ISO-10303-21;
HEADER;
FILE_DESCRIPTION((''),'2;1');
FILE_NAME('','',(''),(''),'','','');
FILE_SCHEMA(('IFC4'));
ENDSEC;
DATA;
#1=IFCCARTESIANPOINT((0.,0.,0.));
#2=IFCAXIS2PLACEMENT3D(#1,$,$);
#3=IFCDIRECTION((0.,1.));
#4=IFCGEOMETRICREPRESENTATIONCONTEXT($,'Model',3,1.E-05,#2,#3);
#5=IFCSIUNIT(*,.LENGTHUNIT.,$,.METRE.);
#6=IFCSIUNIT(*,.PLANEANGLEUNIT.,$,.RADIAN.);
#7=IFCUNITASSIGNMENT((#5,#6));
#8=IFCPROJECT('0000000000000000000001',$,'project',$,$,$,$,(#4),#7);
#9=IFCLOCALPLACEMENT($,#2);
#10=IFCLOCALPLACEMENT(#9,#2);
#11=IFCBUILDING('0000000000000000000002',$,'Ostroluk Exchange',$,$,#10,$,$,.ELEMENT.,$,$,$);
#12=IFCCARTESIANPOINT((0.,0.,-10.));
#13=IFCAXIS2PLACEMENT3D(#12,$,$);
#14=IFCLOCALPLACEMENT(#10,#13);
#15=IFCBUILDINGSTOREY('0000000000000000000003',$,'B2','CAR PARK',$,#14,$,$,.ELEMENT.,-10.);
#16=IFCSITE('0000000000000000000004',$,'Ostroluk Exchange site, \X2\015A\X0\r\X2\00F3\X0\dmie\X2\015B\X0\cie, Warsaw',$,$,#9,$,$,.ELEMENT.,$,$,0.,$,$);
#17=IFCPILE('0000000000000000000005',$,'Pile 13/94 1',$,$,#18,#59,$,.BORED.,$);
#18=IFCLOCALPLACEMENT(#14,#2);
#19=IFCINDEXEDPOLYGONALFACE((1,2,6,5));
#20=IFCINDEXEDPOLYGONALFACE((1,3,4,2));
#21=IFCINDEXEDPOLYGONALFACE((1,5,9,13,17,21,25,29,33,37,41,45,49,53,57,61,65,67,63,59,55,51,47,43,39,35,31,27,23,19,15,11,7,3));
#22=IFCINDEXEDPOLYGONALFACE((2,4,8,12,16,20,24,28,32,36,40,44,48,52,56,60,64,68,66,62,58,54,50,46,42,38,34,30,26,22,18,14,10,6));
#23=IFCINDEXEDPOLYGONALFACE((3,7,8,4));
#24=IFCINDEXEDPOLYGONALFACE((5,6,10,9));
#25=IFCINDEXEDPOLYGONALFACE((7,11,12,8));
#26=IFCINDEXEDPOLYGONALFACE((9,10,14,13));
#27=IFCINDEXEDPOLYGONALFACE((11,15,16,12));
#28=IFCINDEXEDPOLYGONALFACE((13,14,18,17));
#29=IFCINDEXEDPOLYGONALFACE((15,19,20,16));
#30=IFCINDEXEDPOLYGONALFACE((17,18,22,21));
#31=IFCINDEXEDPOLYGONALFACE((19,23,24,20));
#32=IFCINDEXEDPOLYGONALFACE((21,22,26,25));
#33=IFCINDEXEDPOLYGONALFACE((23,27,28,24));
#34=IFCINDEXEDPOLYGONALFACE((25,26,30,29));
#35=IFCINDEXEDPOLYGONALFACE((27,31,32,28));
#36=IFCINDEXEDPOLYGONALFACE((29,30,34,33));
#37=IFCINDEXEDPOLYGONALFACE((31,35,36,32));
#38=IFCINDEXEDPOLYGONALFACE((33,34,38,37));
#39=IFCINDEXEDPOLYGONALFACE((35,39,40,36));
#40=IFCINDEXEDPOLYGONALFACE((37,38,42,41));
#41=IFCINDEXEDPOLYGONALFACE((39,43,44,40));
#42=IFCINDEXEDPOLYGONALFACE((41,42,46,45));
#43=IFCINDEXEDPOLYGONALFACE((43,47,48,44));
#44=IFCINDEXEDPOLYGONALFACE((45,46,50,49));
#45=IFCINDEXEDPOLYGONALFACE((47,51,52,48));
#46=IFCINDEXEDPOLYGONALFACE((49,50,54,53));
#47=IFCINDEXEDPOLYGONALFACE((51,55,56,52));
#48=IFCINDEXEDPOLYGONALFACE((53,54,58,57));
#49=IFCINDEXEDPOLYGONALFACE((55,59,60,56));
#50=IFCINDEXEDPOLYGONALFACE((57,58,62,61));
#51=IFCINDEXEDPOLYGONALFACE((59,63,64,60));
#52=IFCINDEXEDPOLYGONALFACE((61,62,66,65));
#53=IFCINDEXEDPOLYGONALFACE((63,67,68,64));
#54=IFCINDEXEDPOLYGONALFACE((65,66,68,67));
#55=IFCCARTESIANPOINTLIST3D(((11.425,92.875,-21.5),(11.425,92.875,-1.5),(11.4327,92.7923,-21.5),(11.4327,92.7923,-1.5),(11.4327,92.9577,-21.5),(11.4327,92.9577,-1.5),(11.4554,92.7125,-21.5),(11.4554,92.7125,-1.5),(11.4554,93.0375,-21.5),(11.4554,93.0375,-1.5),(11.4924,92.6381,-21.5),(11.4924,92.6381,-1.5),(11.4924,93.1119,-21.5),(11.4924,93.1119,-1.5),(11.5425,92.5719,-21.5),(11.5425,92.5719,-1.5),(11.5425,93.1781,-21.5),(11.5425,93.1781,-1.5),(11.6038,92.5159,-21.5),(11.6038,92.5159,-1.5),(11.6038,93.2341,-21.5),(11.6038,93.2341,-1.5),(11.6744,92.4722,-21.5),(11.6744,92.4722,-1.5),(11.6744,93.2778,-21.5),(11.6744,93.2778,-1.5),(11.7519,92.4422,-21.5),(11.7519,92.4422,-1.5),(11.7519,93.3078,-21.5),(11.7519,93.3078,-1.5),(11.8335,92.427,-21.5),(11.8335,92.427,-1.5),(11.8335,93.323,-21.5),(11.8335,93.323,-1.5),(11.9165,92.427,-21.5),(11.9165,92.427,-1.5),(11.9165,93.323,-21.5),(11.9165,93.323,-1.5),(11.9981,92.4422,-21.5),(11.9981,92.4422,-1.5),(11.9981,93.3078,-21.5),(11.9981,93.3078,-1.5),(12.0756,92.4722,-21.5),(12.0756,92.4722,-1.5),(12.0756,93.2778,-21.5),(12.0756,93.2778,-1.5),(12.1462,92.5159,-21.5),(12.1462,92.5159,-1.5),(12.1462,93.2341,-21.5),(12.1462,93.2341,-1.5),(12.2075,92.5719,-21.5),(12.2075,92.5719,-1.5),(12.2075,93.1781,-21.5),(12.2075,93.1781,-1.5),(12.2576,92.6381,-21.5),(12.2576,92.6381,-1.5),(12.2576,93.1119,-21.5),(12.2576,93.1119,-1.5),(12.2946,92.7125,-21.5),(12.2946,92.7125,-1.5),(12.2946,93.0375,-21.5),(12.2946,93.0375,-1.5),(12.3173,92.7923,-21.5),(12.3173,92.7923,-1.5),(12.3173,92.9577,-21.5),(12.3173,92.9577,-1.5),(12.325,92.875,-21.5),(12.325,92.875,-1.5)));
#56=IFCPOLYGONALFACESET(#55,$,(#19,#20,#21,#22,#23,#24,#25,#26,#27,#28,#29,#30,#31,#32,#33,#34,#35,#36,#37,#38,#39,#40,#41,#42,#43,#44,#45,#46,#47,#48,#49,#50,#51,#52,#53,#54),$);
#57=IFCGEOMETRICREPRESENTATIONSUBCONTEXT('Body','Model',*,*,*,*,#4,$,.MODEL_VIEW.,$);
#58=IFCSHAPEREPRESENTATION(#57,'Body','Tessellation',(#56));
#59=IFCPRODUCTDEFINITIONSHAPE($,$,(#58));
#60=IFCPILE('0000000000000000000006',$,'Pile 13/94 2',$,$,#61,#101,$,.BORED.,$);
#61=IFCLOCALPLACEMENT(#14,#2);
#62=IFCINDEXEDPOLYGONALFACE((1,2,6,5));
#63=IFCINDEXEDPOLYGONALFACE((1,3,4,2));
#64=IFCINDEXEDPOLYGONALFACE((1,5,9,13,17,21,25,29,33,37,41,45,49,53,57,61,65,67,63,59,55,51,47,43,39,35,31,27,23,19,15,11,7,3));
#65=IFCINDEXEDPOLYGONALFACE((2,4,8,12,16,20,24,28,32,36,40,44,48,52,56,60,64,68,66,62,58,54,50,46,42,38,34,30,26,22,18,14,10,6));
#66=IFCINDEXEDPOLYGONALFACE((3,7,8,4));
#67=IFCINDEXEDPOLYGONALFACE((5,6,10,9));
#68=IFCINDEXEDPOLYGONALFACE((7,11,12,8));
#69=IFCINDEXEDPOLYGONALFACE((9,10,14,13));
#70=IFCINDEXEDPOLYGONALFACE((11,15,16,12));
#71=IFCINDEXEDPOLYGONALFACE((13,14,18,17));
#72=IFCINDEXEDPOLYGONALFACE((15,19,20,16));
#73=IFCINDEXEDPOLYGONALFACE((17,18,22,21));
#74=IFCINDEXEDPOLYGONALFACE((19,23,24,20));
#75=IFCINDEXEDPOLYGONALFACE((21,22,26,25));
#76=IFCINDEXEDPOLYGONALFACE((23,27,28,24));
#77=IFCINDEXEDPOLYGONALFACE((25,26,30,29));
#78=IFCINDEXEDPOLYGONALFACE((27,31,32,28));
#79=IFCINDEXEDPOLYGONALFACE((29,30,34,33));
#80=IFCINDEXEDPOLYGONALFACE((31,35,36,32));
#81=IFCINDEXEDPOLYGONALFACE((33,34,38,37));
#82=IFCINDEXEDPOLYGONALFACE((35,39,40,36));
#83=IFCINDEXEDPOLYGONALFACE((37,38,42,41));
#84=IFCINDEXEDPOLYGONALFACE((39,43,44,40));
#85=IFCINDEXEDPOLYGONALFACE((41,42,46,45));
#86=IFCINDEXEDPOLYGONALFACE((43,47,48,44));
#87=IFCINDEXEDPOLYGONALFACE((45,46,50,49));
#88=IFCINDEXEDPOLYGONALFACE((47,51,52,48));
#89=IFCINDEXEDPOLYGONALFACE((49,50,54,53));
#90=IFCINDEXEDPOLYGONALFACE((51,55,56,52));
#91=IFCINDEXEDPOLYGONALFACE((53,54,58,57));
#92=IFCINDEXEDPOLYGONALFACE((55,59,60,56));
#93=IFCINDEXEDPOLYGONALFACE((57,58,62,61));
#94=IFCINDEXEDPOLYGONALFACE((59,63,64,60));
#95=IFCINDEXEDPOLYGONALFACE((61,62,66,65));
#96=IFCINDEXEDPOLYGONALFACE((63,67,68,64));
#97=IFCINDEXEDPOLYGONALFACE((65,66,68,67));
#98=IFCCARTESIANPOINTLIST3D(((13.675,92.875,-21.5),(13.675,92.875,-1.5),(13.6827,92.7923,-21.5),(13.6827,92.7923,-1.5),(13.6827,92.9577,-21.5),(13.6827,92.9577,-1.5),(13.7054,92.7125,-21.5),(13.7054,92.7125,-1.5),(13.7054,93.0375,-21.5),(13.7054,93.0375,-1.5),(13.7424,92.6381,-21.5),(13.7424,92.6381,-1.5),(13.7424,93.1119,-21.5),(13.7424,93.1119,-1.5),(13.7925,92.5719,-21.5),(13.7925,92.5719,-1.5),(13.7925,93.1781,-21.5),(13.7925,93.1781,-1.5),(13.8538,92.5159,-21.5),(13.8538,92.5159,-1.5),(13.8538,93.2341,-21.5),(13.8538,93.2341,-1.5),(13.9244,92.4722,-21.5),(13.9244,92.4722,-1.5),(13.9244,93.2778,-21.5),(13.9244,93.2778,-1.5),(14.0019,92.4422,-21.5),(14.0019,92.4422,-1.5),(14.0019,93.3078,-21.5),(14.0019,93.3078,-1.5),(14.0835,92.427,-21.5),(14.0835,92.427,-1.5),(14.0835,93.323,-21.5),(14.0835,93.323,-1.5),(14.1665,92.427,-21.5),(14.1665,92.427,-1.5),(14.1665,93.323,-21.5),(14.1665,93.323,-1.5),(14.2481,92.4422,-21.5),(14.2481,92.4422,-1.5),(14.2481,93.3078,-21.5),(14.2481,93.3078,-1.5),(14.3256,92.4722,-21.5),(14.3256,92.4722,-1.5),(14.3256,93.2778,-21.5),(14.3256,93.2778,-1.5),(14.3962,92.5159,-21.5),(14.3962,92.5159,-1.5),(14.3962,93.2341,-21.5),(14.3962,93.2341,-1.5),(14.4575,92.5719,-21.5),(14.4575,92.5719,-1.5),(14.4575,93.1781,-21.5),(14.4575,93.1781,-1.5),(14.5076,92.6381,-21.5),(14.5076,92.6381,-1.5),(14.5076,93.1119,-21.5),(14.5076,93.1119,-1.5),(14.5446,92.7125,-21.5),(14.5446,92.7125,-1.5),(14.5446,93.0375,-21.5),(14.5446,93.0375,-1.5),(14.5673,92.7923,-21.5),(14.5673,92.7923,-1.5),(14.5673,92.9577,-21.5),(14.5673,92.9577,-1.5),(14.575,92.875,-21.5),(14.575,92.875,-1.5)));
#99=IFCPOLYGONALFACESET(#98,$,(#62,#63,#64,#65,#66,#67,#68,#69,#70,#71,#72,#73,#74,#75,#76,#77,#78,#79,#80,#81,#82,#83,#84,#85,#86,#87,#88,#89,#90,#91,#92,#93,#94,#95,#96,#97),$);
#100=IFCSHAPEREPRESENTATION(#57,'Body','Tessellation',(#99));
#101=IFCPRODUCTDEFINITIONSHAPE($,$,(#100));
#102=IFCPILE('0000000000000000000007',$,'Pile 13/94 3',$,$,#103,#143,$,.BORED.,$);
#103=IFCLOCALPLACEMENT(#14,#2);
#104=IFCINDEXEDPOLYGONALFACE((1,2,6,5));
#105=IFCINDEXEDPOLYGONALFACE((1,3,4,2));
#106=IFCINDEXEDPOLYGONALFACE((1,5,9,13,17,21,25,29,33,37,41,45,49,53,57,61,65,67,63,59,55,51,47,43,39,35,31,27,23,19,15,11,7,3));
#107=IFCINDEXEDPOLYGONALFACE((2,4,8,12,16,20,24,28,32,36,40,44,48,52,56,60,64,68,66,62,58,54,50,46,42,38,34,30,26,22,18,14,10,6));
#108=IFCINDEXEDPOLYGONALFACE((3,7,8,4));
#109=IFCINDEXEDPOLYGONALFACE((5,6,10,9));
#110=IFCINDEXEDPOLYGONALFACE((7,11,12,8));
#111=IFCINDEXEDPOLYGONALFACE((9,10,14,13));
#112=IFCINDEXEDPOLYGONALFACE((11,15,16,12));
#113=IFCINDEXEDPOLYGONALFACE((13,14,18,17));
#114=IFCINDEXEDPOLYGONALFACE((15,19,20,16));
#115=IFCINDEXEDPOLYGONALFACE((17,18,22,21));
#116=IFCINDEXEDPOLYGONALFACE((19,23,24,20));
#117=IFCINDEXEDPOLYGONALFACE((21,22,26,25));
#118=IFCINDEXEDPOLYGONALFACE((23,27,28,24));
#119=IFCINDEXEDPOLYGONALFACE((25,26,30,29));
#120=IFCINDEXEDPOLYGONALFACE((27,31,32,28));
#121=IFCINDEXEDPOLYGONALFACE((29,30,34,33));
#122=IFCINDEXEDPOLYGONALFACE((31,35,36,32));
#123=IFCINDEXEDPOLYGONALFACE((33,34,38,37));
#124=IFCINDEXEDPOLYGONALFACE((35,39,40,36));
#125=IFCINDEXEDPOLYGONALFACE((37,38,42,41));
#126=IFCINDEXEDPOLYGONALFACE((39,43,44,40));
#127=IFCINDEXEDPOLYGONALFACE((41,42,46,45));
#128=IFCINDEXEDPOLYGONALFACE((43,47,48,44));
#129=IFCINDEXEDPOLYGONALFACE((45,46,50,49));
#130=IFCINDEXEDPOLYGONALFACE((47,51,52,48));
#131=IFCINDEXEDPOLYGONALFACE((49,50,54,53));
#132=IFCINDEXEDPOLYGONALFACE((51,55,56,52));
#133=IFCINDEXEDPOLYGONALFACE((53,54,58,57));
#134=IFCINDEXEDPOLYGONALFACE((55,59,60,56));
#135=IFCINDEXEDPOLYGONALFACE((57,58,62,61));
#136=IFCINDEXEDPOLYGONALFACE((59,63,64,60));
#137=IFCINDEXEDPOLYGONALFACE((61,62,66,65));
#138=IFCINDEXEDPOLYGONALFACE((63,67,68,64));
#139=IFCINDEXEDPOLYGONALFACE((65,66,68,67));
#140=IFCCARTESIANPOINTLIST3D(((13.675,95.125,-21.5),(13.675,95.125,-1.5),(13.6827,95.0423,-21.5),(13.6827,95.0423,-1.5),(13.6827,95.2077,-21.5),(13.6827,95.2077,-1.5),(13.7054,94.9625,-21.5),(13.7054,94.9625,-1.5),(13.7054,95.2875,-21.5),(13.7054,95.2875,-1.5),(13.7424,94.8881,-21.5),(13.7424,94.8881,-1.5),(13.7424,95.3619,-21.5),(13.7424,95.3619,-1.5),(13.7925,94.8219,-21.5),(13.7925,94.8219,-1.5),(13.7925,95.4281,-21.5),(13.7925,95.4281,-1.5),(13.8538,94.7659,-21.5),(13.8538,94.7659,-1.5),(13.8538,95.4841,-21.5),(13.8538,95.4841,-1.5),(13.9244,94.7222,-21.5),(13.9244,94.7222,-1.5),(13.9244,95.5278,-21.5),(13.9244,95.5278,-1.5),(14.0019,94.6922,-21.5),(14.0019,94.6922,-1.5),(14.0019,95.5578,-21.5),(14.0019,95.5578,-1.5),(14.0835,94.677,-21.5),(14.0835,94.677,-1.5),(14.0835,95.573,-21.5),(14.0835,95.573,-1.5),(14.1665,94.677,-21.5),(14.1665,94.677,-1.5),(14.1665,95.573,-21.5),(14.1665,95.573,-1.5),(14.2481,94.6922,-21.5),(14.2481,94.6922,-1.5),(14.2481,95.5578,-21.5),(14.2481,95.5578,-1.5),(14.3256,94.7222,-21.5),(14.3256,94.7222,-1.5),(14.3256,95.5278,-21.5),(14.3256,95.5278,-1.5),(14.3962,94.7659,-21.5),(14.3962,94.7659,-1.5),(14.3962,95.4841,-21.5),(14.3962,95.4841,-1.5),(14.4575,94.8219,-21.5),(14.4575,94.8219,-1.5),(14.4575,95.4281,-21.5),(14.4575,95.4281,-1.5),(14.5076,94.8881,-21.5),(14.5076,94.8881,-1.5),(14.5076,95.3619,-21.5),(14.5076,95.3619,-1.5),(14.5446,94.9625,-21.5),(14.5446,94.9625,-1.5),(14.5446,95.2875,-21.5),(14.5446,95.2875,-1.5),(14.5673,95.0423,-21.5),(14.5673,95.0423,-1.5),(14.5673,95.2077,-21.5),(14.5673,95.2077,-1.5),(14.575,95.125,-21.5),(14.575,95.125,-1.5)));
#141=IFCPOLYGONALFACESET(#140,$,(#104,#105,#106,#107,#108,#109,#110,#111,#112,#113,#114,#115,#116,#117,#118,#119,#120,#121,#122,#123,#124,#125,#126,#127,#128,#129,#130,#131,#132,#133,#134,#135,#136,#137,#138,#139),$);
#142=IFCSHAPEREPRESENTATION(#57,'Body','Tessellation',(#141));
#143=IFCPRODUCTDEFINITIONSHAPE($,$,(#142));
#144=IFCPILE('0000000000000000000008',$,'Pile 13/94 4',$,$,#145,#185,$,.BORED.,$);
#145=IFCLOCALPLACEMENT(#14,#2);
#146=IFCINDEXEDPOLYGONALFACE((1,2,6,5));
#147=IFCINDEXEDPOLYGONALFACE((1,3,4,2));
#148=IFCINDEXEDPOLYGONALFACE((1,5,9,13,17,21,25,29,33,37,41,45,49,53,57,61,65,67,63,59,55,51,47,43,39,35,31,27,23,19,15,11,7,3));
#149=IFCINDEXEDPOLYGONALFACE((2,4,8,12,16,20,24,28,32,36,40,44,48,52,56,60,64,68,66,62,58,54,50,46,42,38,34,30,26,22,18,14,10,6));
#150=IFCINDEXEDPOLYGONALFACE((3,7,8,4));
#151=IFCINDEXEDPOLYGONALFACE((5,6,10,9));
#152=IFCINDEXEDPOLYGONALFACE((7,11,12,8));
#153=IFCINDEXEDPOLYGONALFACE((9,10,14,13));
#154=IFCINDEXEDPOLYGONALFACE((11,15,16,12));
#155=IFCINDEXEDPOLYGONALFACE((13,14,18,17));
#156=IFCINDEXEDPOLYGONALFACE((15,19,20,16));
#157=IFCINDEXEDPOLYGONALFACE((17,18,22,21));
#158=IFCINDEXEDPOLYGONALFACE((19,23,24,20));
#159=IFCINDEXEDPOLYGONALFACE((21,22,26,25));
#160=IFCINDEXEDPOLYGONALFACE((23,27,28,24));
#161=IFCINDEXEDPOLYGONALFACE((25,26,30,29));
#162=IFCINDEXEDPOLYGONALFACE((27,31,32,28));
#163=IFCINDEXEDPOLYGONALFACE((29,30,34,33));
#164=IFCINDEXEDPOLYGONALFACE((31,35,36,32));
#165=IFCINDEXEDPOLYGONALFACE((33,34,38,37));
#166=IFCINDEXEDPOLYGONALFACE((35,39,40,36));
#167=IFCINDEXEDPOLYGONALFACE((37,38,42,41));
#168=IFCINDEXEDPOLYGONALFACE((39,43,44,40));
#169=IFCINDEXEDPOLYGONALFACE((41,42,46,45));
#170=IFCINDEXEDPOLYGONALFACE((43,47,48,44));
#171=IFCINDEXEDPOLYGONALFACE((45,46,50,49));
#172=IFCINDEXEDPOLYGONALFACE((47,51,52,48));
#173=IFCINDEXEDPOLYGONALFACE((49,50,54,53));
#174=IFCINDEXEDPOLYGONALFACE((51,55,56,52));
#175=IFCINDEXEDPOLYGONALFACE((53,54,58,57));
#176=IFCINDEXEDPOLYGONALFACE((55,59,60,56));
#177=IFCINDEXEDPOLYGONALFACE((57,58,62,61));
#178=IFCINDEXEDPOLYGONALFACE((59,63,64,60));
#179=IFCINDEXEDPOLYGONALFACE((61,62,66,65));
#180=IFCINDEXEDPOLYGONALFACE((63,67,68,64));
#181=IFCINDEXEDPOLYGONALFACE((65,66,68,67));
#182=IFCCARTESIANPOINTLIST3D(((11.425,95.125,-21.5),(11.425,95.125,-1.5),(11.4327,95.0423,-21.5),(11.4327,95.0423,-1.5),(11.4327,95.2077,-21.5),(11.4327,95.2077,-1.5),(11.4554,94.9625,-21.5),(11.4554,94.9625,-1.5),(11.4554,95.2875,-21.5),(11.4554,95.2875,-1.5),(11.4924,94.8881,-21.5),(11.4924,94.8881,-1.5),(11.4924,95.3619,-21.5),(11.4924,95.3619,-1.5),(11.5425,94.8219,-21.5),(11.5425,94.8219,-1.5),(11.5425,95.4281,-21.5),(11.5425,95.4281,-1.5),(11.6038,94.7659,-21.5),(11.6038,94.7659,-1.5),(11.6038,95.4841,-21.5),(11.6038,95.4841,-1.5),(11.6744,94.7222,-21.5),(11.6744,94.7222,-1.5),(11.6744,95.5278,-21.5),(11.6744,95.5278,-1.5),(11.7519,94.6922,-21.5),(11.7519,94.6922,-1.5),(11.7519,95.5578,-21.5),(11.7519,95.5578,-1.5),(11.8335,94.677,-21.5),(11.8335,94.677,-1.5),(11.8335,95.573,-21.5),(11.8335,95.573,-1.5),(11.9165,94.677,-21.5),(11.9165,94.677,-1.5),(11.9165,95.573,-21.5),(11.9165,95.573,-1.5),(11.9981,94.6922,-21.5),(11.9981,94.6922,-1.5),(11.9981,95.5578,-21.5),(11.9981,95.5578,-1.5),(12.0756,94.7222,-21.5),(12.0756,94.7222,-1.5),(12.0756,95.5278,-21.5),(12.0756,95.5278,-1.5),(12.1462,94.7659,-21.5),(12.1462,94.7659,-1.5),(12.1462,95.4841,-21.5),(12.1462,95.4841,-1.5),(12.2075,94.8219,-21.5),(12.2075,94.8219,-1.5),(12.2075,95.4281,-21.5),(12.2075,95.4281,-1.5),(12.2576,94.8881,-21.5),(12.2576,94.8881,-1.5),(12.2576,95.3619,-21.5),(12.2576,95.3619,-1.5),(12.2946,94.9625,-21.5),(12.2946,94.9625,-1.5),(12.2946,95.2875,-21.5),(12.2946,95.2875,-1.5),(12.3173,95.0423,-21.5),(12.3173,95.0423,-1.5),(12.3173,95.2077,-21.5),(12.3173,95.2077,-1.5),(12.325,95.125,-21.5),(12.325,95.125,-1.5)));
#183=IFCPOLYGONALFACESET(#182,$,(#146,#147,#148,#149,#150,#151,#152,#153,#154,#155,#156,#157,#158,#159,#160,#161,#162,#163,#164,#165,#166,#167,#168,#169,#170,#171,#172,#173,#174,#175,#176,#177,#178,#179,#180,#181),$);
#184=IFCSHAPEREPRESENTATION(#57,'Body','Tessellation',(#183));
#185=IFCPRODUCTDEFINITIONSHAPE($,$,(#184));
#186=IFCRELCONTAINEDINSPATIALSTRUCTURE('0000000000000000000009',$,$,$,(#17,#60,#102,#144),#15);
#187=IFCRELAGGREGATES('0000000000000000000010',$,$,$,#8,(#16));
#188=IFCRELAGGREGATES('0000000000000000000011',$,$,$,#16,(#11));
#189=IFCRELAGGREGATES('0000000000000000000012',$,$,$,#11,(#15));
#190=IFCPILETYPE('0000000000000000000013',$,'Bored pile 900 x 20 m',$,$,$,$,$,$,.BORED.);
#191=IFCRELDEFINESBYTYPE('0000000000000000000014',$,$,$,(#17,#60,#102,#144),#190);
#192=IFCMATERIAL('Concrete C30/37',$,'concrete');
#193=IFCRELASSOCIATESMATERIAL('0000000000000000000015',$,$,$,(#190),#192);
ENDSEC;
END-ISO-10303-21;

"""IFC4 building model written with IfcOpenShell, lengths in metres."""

from ifc_helpers import new_model, si_unit, direction, frame, origin, origin_2d, place, context, subcontext, project, spatial, circle, extrude, material, type_object, element, save


model = new_model("IFC4")

# Units and contexts
model_context = context("Model", 3, precision=1e-05, world=origin(), true_north=direction((0.0, 1.0)))
body_context = subcontext(model_context, "Body", "Model", "MODEL_VIEW")
ifc_project = project(units=[si_unit("LENGTHUNIT", "METRE"), si_unit("PLANEANGLEUNIT", "RADIAN")], contexts=[model_context])

# Site, building, storey
site_placement = place(None, origin())
site = spatial("IfcSite", under=ifc_project, at=site_placement, Name="Ostroluk Exchange site, Śródmieście, Warsaw", CompositionType="ELEMENT", RefElevation=0.0)
building_placement = place(site_placement, origin())
building = spatial("IfcBuilding", under=site, at=building_placement, Name="Ostroluk Exchange", CompositionType="ELEMENT")
storey_placement = place(building_placement, frame((0.0, 0.0, -10.0)))
storey = spatial("IfcBuildingStorey", under=building, at=storey_placement, Name="B2", Description="CAR PARK", CompositionType="ELEMENT", Elevation=-10.0)

# Piles
ifc_material_1 = material(Name="Concrete C30/37", Category="concrete")
pile_type = type_object("IfcPileType", Name="Bored pile 900 x 20 m", PredefinedType="BORED", material=ifc_material_1)
for number, where, z_axis, x_axis, name in (
    (1, (11.875, 92.875, -1.5), (0.0, 0.0, -1.0), (1.0, 0.0, 0.0), "Pile 13/94 1"),
    (2, (14.125, 92.875, -1.5), (0.0, 0.0, -1.0), (1.0, 0.0, 0.0), "Pile 13/94 2"),
    (3, (14.125, 95.125, -1.5), (0.0, 0.0, -1.0), (1.0, 0.0, 0.0), "Pile 13/94 3"),
    (4, (11.875, 95.125, -1.5), (0.0, 0.0, -1.0), (1.0, 0.0, 0.0), "Pile 13/94 4"),
):
    element("IfcPile", number, at=place(storey_placement, frame(where, z_axis=z_axis, x_axis=x_axis)), inside=storey, type_object=pile_type, Name=name, PredefinedType="BORED", context=body_context, shape_type="SweptSolid", body=[
        extrude(circle(Radius=0.45, at=origin_2d()), origin(), (0.0, 0.0, 1.0), 20.0),
    ])

save(model, "model.ifc")
